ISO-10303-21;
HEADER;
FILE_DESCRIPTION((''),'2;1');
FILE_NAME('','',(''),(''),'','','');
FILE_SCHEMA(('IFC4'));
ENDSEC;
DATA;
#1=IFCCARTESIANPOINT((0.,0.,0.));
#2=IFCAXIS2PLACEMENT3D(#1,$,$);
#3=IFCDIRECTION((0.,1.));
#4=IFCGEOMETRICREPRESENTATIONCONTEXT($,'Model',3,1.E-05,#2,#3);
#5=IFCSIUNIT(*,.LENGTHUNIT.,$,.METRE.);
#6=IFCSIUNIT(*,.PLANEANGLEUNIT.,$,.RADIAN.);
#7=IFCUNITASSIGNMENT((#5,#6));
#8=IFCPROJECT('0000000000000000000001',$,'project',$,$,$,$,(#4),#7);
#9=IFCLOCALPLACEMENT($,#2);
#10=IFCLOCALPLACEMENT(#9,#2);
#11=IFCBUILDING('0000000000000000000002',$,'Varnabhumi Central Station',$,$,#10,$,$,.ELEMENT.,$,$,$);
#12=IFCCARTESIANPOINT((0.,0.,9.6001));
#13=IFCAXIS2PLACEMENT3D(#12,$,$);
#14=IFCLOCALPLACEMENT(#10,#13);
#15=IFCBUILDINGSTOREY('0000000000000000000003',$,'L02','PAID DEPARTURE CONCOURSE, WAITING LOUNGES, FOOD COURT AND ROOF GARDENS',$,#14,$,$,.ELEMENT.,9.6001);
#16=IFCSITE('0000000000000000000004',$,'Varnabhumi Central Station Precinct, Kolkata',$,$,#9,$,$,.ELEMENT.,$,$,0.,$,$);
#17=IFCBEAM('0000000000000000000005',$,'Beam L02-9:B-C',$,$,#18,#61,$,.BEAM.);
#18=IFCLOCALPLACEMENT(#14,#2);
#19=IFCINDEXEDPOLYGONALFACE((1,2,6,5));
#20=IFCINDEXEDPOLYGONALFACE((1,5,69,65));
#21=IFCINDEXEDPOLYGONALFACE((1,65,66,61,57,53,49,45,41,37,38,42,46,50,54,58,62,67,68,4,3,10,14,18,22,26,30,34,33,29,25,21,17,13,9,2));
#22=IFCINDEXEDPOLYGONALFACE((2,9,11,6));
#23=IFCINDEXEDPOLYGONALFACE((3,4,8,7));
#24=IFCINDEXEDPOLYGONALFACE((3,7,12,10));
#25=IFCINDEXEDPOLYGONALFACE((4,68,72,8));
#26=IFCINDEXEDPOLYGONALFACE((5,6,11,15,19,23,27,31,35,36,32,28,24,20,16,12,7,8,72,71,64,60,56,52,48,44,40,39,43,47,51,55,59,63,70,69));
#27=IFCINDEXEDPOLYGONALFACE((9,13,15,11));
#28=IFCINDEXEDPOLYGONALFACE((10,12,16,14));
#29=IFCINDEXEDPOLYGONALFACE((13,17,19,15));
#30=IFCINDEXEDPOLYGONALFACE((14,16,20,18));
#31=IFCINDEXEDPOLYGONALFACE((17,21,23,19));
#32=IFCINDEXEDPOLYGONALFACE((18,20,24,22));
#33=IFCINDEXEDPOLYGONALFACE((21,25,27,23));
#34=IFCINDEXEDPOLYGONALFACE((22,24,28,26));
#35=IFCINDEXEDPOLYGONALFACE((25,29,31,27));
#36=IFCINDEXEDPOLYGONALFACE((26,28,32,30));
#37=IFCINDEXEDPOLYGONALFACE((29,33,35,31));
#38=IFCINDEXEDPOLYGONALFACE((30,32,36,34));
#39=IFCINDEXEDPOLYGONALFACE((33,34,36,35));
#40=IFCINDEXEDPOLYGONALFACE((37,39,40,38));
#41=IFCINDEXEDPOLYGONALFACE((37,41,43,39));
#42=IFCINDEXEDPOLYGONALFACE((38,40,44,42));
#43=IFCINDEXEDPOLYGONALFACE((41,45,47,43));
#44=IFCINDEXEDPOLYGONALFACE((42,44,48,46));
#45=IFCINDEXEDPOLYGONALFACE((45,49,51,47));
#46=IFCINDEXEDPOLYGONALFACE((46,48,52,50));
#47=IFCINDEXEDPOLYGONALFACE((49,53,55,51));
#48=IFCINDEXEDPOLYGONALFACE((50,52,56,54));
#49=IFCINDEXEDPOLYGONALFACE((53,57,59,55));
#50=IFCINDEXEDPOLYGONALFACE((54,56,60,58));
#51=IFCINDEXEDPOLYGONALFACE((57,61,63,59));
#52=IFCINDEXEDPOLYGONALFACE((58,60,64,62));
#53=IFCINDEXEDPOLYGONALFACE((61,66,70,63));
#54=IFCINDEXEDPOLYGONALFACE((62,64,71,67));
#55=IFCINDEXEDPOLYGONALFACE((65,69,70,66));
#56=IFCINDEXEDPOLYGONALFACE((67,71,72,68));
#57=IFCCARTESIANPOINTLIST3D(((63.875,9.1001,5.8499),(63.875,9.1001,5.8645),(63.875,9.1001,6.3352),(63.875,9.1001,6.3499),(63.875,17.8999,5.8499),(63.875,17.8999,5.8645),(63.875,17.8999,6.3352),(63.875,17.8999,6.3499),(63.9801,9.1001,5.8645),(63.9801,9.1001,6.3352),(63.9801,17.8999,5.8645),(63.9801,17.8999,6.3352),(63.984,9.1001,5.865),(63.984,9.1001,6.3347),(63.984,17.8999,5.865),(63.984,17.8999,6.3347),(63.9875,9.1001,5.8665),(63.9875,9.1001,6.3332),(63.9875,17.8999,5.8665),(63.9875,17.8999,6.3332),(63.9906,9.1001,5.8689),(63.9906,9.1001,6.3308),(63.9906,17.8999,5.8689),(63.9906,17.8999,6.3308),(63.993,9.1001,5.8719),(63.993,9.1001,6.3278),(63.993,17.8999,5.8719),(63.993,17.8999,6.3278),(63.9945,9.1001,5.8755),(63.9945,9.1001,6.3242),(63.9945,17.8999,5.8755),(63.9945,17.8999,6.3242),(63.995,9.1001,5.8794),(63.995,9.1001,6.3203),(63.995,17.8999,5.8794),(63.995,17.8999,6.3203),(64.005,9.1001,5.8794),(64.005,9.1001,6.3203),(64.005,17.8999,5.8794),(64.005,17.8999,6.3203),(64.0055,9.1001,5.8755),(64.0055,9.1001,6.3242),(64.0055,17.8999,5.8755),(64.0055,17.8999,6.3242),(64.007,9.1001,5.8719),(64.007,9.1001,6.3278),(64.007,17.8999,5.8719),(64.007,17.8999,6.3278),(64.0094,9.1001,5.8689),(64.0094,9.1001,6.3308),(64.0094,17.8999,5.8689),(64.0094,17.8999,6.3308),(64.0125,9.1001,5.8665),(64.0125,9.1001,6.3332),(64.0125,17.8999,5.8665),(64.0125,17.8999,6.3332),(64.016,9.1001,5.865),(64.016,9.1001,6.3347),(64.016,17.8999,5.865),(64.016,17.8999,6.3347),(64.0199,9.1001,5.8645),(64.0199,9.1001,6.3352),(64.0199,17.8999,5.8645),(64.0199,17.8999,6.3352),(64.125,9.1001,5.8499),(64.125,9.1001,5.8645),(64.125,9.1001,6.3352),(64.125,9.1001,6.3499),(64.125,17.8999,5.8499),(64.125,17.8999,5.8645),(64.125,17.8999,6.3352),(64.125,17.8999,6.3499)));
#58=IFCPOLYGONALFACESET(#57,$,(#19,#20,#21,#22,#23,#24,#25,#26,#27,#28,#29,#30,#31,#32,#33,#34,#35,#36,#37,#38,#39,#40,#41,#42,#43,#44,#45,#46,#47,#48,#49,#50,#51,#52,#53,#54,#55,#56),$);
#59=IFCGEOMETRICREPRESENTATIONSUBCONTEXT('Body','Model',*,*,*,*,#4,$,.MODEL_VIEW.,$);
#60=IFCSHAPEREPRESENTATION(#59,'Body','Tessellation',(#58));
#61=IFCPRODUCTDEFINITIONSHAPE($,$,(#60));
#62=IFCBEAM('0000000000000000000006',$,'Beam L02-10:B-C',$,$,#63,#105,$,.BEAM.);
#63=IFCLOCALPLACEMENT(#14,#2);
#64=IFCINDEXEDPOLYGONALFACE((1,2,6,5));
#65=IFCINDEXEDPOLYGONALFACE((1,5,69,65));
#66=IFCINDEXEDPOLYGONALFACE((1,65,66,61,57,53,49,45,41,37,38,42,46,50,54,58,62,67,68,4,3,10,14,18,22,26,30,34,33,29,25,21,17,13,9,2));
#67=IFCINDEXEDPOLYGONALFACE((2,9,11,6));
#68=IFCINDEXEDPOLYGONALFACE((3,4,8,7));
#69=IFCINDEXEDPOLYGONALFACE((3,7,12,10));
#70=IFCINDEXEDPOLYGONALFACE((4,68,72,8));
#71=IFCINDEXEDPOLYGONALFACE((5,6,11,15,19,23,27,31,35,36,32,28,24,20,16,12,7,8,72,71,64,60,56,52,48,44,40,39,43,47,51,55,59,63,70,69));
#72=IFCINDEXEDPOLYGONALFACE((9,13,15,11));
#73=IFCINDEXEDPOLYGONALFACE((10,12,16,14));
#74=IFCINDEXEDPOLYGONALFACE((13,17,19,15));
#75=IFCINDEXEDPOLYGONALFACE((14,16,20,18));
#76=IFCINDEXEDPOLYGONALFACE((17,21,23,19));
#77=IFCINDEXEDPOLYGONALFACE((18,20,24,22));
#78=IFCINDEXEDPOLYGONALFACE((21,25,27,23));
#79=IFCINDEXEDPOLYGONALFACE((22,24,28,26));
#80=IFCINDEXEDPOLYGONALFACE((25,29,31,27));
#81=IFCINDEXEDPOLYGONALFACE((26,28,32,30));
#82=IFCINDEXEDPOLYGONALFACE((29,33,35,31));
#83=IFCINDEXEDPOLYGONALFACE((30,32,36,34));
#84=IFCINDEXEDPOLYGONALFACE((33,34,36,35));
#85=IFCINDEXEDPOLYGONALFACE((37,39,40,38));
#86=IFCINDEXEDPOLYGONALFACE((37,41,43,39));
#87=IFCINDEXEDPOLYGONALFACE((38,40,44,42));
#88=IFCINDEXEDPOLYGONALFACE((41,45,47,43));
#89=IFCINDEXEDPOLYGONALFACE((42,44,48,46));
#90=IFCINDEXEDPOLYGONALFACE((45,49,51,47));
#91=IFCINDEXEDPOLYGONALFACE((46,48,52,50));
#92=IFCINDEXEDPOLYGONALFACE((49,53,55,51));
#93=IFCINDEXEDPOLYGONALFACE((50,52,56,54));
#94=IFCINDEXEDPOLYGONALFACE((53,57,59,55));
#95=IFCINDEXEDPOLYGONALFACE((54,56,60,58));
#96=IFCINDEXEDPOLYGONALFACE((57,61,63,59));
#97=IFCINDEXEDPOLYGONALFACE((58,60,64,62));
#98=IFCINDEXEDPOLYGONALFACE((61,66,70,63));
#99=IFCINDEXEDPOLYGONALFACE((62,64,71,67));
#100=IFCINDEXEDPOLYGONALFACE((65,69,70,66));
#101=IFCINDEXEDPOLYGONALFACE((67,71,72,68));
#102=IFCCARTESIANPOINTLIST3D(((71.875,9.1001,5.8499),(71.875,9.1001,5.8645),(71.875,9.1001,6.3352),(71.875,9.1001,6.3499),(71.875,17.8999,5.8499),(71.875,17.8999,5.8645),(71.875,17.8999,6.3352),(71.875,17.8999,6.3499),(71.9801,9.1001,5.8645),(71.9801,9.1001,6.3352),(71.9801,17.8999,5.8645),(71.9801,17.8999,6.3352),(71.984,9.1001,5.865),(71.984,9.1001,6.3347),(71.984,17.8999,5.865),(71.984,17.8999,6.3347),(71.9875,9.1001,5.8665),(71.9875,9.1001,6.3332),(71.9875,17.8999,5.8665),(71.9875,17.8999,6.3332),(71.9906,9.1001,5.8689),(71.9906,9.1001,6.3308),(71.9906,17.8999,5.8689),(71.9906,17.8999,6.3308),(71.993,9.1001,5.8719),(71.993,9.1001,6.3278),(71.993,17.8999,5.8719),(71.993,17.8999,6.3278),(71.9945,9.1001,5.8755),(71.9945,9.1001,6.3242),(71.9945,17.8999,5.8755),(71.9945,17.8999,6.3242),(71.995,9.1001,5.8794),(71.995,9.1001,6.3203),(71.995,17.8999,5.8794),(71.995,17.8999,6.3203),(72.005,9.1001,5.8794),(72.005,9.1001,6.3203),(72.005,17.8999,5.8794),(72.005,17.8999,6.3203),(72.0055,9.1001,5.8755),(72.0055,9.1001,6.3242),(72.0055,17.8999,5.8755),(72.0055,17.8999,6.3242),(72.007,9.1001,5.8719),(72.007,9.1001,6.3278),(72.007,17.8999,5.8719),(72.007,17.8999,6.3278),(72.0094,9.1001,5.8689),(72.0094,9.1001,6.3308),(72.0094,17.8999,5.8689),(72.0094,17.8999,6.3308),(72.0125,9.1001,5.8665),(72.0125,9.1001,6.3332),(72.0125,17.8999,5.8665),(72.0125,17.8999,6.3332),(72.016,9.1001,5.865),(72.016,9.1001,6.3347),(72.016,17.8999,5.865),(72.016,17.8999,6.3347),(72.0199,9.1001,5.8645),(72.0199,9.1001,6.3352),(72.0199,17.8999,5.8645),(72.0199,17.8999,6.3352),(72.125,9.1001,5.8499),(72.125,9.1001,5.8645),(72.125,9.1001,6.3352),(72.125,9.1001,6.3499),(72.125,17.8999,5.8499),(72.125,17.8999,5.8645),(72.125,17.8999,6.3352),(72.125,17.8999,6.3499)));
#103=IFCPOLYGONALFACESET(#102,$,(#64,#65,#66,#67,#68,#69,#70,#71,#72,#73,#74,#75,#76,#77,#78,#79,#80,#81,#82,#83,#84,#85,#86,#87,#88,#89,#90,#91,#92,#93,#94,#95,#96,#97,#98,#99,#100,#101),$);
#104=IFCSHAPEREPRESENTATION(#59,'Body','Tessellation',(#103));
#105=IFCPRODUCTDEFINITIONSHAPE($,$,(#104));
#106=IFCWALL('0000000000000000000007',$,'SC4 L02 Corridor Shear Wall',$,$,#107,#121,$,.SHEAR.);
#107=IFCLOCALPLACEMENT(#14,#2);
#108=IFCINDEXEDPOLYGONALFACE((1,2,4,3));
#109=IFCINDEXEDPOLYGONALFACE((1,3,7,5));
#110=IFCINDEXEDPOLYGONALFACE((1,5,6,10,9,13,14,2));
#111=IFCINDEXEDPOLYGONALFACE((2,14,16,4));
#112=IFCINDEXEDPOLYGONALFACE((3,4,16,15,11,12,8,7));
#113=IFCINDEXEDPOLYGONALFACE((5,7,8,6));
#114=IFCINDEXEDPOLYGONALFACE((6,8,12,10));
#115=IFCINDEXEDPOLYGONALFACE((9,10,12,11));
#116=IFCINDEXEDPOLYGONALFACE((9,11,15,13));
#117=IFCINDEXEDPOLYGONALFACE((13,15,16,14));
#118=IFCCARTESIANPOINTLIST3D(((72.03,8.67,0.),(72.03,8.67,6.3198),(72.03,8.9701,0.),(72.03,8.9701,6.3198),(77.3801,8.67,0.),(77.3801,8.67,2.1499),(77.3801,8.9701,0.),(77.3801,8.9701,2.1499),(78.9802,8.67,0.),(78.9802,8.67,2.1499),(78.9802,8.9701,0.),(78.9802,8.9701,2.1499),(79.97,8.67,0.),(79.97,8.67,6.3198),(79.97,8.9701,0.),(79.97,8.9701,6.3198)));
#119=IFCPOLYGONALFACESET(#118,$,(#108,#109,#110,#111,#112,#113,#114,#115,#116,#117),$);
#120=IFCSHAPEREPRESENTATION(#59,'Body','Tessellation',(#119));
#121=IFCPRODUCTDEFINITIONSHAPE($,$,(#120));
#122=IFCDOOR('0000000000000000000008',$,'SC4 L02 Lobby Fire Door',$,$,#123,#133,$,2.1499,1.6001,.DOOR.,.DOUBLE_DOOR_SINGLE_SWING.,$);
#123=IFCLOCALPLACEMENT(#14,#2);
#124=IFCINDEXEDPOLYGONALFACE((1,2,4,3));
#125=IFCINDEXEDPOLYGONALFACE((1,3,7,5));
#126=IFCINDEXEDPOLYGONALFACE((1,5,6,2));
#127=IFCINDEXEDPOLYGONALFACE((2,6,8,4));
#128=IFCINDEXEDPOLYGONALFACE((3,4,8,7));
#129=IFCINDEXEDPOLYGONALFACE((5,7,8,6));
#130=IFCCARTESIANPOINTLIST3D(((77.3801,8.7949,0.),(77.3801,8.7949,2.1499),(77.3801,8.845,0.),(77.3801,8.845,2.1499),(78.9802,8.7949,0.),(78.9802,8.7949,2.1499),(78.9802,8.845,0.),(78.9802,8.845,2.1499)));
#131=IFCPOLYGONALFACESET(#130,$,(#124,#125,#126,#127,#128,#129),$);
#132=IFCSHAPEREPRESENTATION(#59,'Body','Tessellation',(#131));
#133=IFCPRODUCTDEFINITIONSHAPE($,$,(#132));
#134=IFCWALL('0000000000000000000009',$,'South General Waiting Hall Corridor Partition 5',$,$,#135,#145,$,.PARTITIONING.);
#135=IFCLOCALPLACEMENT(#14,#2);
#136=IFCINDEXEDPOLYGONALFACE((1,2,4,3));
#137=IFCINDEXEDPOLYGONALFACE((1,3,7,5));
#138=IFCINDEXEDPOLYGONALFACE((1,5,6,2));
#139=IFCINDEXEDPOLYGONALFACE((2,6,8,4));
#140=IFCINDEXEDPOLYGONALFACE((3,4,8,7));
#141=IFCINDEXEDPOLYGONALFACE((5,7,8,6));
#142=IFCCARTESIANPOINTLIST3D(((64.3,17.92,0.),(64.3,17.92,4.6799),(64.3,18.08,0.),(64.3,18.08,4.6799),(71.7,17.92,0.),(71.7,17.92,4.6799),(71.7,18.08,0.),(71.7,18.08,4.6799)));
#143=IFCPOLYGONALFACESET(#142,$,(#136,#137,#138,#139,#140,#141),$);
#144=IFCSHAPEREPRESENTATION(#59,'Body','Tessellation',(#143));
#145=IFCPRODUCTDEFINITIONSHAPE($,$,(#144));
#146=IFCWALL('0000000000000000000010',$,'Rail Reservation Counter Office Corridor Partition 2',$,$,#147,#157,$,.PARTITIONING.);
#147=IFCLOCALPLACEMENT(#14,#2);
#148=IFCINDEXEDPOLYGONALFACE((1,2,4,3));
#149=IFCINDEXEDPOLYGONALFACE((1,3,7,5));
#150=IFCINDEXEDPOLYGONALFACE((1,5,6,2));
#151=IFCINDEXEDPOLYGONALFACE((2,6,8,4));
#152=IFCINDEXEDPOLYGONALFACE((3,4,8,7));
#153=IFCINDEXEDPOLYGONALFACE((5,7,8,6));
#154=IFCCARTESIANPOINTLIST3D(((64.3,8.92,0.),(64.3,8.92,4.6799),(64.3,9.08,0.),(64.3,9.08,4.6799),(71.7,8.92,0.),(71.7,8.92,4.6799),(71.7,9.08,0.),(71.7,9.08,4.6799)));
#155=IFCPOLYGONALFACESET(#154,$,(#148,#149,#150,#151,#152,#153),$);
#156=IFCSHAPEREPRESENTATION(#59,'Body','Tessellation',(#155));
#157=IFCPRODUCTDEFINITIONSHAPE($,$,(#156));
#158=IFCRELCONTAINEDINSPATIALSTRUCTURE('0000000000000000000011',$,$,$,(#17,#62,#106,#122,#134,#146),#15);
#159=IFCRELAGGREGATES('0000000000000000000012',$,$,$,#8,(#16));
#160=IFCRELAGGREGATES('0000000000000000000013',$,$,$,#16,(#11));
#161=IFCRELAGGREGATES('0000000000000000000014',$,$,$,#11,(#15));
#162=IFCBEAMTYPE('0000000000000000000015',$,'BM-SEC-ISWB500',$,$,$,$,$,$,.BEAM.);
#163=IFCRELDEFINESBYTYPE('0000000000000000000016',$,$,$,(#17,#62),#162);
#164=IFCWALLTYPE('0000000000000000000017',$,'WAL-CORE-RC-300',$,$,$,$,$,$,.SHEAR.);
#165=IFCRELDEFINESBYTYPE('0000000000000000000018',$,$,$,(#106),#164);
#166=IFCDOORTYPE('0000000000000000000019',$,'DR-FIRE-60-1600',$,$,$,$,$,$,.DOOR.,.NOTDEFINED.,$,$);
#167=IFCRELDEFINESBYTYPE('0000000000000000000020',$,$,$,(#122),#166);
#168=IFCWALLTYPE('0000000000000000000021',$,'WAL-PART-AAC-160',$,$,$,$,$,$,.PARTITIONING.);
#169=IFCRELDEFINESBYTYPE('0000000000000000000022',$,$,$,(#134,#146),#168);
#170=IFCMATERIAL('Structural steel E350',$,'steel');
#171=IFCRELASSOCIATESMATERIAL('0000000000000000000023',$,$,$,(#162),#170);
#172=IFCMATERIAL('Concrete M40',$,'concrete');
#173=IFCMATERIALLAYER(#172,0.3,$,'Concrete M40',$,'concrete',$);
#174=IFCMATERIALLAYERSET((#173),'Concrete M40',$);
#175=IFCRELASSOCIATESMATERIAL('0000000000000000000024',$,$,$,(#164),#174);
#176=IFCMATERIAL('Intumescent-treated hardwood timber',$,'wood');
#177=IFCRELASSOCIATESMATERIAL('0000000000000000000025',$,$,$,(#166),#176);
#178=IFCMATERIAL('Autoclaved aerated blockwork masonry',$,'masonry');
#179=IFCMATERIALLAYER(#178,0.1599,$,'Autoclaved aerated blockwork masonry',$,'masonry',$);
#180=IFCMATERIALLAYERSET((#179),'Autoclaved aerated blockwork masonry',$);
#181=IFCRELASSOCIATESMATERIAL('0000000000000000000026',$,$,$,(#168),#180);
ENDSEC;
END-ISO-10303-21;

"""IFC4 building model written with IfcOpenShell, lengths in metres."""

from ifc_helpers import new_model, si_unit, direction, frame, frame_2d, origin, origin_2d, place, context, subcontext, project, spatial, rectangle, i_section, extrude, material, layer, layer_set, material_profile, profile_set, type_object, element, fill, save


model = new_model("IFC4")

# Units and contexts
model_context = context("Model", 3, precision=1e-05, world=origin(), true_north=direction((0.0, 1.0)))
body_context = subcontext(model_context, "Body", "Model", "MODEL_VIEW")
ifc_project = project(units=[si_unit("LENGTHUNIT", "METRE"), si_unit("PLANEANGLEUNIT", "RADIAN")], contexts=[model_context])

# Site, building, storey
site_placement = place(None, origin())
site = spatial("IfcSite", under=ifc_project, at=site_placement, Name="Varnabhumi Central Station Precinct, Kolkata", CompositionType="ELEMENT", RefElevation=0.0)
building_placement = place(site_placement, origin())
building = spatial("IfcBuilding", under=site, at=building_placement, Name="Varnabhumi Central Station", CompositionType="ELEMENT")
storey_placement = place(building_placement, frame((0.0, 0.0, 9.6001)))
storey = spatial("IfcBuildingStorey", under=building, at=storey_placement, Name="L02", Description="PAID DEPARTURE CONCOURSE, WAITING LOUNGES, FOOD COURT AND ROOF GARDENS", CompositionType="ELEMENT", Elevation=9.6001)

# Shared definitions
ifc_material_1 = material(Name="Concrete M40", Category="concrete")

# Beams
ifc_material_2 = material(Name="Structural steel E350", Category="steel")
ifc_material_profile_1 = material_profile(ifc_material_2, i_section(OverallWidth=0.25, OverallDepth=0.5, WebThickness=0.01, FlangeThickness=0.0146, FilletRadius=0.0149, at=origin_2d()), Name="Structural steel E350", Category="steel")
ifc_profile_set_1 = profile_set([ifc_material_profile_1], Name="Structural steel E350")
beam_type_1 = type_object("IfcBeamType", Name="BM-SEC-ISWB500", PredefinedType="BEAM", material=ifc_profile_set_1)
for number, where, z_axis, x_axis, name in (
    (1, (64.0, 9.1001, 6.0999), (0.0, 1.0, 0.0), (-1.0, 0.0, 0.0), "Beam L02-9:B-C"),
    (2, (72.0, 9.1001, 6.0999), (0.0, 1.0, 0.0), (-1.0, 0.0, 0.0), "Beam L02-10:B-C"),
):
    element("IfcBeam", number, at=place(storey_placement, frame(where, z_axis=z_axis, x_axis=x_axis)), inside=storey, type_object=beam_type_1, Name=name, PredefinedType="BEAM", context=body_context, shape_type="SweptSolid", body=[
        extrude(i_section(OverallWidth=0.25, OverallDepth=0.5, WebThickness=0.01, FlangeThickness=0.0146, FilletRadius=0.0149, at=origin_2d()), origin(), (0.0, 0.0, 1.0), 8.7998),
    ])

# Wall, opening, door
ifc_layer_1 = layer(ifc_material_1, 0.3, Name="Concrete M40", Category="concrete")
ifc_layer_set_1 = layer_set([ifc_layer_1], Name="Concrete M40")
wall_type_1 = type_object("IfcWallType", Name="WAL-CORE-RC-300", PredefinedType="SHEAR", material=ifc_layer_set_1)
wall_placement = place(storey_placement, frame((72.03, 8.8201, 0.0), z_axis=(0.0, 0.0, 1.0), x_axis=(1.0, 0.0, 0.0)))
wall = element("IfcWall", 3, at=wall_placement, inside=storey, type_object=wall_type_1, Name="SC4 L02 Corridor Shear Wall", PredefinedType="SHEAR", context=body_context, shape_type="SweptSolid", body=[
    extrude(rectangle(XDim=7.9399, YDim=0.3, at=frame_2d((3.97, 0.0))), origin(), (0.0, 0.0, 1.0), 6.3198),
])
opening_placement = place(wall_placement, frame((5.3501, 0.0, 0.0)))
opening = element("IfcOpeningElement", 4, at=opening_placement, cuts=wall, PredefinedType="OPENING", context=body_context, shape_type="SweptSolid", body=[
    extrude(rectangle(XDim=1.6001, YDim=2.1499, at=frame_2d((0.8, 1.075))), frame((0.0, 0.1599, 0.0), z_axis=(0.0, -1.0, 0.0), x_axis=(1.0, 0.0, 0.0)), (0.0, 0.0, 1.0), 0.3201),
])
ifc_material_3 = material(Name="Intumescent-treated hardwood timber", Category="wood")
door_type = type_object("IfcDoorType", Name="DR-FIRE-60-1600", OperationType="NOTDEFINED", PredefinedType="DOOR", material=ifc_material_3)
door_placement = place(opening_placement, origin())
door = element("IfcDoor", 5, at=door_placement, inside=storey, type_object=door_type, Name="SC4 L02 Lobby Fire Door", OperationType="DOUBLE_DOOR_SINGLE_SWING", OverallHeight=2.1499, OverallWidth=1.6001, PredefinedType="DOOR", context=body_context, shape_type="SweptSolid", body=[
    extrude(rectangle(XDim=1.6001, YDim=2.1499, at=frame_2d((0.8, 1.075))), frame((0.0, 0.0249, 0.0), z_axis=(0.0, -1.0, 0.0), x_axis=(1.0, 0.0, 0.0)), (0.0, 0.0, 1.0), 0.05),
])
fill(opening, door)

# Walls
ifc_material_4 = material(Name="Autoclaved aerated blockwork masonry", Category="masonry")
ifc_layer_2 = layer(ifc_material_4, 0.1599, Name="Autoclaved aerated blockwork masonry", Category="masonry")
ifc_layer_set_2 = layer_set([ifc_layer_2], Name="Autoclaved aerated blockwork masonry")
wall_type_2 = type_object("IfcWallType", Name="WAL-PART-AAC-160", PredefinedType="PARTITIONING", material=ifc_layer_set_2)
for number, where, z_axis, x_axis, name in (
    (6, (64.3, 18.0, 0.0), (0.0, 0.0, 1.0), (1.0, 0.0, 0.0), "South General Waiting Hall Corridor Partition 5"),
    (7, (64.3, 9.0, 0.0), (0.0, 0.0, 1.0), (1.0, 0.0, 0.0), "Rail Reservation Counter Office Corridor Partition 2"),
):
    element("IfcWall", number, at=place(storey_placement, frame(where, z_axis=z_axis, x_axis=x_axis)), inside=storey, type_object=wall_type_2, Name=name, PredefinedType="PARTITIONING", context=body_context, shape_type="SweptSolid", body=[
        extrude(rectangle(XDim=7.3999, YDim=0.1599, at=frame_2d((3.7, 0.0))), origin(), (0.0, 0.0, 1.0), 4.6799),
    ])

save(model, "model.ifc")
